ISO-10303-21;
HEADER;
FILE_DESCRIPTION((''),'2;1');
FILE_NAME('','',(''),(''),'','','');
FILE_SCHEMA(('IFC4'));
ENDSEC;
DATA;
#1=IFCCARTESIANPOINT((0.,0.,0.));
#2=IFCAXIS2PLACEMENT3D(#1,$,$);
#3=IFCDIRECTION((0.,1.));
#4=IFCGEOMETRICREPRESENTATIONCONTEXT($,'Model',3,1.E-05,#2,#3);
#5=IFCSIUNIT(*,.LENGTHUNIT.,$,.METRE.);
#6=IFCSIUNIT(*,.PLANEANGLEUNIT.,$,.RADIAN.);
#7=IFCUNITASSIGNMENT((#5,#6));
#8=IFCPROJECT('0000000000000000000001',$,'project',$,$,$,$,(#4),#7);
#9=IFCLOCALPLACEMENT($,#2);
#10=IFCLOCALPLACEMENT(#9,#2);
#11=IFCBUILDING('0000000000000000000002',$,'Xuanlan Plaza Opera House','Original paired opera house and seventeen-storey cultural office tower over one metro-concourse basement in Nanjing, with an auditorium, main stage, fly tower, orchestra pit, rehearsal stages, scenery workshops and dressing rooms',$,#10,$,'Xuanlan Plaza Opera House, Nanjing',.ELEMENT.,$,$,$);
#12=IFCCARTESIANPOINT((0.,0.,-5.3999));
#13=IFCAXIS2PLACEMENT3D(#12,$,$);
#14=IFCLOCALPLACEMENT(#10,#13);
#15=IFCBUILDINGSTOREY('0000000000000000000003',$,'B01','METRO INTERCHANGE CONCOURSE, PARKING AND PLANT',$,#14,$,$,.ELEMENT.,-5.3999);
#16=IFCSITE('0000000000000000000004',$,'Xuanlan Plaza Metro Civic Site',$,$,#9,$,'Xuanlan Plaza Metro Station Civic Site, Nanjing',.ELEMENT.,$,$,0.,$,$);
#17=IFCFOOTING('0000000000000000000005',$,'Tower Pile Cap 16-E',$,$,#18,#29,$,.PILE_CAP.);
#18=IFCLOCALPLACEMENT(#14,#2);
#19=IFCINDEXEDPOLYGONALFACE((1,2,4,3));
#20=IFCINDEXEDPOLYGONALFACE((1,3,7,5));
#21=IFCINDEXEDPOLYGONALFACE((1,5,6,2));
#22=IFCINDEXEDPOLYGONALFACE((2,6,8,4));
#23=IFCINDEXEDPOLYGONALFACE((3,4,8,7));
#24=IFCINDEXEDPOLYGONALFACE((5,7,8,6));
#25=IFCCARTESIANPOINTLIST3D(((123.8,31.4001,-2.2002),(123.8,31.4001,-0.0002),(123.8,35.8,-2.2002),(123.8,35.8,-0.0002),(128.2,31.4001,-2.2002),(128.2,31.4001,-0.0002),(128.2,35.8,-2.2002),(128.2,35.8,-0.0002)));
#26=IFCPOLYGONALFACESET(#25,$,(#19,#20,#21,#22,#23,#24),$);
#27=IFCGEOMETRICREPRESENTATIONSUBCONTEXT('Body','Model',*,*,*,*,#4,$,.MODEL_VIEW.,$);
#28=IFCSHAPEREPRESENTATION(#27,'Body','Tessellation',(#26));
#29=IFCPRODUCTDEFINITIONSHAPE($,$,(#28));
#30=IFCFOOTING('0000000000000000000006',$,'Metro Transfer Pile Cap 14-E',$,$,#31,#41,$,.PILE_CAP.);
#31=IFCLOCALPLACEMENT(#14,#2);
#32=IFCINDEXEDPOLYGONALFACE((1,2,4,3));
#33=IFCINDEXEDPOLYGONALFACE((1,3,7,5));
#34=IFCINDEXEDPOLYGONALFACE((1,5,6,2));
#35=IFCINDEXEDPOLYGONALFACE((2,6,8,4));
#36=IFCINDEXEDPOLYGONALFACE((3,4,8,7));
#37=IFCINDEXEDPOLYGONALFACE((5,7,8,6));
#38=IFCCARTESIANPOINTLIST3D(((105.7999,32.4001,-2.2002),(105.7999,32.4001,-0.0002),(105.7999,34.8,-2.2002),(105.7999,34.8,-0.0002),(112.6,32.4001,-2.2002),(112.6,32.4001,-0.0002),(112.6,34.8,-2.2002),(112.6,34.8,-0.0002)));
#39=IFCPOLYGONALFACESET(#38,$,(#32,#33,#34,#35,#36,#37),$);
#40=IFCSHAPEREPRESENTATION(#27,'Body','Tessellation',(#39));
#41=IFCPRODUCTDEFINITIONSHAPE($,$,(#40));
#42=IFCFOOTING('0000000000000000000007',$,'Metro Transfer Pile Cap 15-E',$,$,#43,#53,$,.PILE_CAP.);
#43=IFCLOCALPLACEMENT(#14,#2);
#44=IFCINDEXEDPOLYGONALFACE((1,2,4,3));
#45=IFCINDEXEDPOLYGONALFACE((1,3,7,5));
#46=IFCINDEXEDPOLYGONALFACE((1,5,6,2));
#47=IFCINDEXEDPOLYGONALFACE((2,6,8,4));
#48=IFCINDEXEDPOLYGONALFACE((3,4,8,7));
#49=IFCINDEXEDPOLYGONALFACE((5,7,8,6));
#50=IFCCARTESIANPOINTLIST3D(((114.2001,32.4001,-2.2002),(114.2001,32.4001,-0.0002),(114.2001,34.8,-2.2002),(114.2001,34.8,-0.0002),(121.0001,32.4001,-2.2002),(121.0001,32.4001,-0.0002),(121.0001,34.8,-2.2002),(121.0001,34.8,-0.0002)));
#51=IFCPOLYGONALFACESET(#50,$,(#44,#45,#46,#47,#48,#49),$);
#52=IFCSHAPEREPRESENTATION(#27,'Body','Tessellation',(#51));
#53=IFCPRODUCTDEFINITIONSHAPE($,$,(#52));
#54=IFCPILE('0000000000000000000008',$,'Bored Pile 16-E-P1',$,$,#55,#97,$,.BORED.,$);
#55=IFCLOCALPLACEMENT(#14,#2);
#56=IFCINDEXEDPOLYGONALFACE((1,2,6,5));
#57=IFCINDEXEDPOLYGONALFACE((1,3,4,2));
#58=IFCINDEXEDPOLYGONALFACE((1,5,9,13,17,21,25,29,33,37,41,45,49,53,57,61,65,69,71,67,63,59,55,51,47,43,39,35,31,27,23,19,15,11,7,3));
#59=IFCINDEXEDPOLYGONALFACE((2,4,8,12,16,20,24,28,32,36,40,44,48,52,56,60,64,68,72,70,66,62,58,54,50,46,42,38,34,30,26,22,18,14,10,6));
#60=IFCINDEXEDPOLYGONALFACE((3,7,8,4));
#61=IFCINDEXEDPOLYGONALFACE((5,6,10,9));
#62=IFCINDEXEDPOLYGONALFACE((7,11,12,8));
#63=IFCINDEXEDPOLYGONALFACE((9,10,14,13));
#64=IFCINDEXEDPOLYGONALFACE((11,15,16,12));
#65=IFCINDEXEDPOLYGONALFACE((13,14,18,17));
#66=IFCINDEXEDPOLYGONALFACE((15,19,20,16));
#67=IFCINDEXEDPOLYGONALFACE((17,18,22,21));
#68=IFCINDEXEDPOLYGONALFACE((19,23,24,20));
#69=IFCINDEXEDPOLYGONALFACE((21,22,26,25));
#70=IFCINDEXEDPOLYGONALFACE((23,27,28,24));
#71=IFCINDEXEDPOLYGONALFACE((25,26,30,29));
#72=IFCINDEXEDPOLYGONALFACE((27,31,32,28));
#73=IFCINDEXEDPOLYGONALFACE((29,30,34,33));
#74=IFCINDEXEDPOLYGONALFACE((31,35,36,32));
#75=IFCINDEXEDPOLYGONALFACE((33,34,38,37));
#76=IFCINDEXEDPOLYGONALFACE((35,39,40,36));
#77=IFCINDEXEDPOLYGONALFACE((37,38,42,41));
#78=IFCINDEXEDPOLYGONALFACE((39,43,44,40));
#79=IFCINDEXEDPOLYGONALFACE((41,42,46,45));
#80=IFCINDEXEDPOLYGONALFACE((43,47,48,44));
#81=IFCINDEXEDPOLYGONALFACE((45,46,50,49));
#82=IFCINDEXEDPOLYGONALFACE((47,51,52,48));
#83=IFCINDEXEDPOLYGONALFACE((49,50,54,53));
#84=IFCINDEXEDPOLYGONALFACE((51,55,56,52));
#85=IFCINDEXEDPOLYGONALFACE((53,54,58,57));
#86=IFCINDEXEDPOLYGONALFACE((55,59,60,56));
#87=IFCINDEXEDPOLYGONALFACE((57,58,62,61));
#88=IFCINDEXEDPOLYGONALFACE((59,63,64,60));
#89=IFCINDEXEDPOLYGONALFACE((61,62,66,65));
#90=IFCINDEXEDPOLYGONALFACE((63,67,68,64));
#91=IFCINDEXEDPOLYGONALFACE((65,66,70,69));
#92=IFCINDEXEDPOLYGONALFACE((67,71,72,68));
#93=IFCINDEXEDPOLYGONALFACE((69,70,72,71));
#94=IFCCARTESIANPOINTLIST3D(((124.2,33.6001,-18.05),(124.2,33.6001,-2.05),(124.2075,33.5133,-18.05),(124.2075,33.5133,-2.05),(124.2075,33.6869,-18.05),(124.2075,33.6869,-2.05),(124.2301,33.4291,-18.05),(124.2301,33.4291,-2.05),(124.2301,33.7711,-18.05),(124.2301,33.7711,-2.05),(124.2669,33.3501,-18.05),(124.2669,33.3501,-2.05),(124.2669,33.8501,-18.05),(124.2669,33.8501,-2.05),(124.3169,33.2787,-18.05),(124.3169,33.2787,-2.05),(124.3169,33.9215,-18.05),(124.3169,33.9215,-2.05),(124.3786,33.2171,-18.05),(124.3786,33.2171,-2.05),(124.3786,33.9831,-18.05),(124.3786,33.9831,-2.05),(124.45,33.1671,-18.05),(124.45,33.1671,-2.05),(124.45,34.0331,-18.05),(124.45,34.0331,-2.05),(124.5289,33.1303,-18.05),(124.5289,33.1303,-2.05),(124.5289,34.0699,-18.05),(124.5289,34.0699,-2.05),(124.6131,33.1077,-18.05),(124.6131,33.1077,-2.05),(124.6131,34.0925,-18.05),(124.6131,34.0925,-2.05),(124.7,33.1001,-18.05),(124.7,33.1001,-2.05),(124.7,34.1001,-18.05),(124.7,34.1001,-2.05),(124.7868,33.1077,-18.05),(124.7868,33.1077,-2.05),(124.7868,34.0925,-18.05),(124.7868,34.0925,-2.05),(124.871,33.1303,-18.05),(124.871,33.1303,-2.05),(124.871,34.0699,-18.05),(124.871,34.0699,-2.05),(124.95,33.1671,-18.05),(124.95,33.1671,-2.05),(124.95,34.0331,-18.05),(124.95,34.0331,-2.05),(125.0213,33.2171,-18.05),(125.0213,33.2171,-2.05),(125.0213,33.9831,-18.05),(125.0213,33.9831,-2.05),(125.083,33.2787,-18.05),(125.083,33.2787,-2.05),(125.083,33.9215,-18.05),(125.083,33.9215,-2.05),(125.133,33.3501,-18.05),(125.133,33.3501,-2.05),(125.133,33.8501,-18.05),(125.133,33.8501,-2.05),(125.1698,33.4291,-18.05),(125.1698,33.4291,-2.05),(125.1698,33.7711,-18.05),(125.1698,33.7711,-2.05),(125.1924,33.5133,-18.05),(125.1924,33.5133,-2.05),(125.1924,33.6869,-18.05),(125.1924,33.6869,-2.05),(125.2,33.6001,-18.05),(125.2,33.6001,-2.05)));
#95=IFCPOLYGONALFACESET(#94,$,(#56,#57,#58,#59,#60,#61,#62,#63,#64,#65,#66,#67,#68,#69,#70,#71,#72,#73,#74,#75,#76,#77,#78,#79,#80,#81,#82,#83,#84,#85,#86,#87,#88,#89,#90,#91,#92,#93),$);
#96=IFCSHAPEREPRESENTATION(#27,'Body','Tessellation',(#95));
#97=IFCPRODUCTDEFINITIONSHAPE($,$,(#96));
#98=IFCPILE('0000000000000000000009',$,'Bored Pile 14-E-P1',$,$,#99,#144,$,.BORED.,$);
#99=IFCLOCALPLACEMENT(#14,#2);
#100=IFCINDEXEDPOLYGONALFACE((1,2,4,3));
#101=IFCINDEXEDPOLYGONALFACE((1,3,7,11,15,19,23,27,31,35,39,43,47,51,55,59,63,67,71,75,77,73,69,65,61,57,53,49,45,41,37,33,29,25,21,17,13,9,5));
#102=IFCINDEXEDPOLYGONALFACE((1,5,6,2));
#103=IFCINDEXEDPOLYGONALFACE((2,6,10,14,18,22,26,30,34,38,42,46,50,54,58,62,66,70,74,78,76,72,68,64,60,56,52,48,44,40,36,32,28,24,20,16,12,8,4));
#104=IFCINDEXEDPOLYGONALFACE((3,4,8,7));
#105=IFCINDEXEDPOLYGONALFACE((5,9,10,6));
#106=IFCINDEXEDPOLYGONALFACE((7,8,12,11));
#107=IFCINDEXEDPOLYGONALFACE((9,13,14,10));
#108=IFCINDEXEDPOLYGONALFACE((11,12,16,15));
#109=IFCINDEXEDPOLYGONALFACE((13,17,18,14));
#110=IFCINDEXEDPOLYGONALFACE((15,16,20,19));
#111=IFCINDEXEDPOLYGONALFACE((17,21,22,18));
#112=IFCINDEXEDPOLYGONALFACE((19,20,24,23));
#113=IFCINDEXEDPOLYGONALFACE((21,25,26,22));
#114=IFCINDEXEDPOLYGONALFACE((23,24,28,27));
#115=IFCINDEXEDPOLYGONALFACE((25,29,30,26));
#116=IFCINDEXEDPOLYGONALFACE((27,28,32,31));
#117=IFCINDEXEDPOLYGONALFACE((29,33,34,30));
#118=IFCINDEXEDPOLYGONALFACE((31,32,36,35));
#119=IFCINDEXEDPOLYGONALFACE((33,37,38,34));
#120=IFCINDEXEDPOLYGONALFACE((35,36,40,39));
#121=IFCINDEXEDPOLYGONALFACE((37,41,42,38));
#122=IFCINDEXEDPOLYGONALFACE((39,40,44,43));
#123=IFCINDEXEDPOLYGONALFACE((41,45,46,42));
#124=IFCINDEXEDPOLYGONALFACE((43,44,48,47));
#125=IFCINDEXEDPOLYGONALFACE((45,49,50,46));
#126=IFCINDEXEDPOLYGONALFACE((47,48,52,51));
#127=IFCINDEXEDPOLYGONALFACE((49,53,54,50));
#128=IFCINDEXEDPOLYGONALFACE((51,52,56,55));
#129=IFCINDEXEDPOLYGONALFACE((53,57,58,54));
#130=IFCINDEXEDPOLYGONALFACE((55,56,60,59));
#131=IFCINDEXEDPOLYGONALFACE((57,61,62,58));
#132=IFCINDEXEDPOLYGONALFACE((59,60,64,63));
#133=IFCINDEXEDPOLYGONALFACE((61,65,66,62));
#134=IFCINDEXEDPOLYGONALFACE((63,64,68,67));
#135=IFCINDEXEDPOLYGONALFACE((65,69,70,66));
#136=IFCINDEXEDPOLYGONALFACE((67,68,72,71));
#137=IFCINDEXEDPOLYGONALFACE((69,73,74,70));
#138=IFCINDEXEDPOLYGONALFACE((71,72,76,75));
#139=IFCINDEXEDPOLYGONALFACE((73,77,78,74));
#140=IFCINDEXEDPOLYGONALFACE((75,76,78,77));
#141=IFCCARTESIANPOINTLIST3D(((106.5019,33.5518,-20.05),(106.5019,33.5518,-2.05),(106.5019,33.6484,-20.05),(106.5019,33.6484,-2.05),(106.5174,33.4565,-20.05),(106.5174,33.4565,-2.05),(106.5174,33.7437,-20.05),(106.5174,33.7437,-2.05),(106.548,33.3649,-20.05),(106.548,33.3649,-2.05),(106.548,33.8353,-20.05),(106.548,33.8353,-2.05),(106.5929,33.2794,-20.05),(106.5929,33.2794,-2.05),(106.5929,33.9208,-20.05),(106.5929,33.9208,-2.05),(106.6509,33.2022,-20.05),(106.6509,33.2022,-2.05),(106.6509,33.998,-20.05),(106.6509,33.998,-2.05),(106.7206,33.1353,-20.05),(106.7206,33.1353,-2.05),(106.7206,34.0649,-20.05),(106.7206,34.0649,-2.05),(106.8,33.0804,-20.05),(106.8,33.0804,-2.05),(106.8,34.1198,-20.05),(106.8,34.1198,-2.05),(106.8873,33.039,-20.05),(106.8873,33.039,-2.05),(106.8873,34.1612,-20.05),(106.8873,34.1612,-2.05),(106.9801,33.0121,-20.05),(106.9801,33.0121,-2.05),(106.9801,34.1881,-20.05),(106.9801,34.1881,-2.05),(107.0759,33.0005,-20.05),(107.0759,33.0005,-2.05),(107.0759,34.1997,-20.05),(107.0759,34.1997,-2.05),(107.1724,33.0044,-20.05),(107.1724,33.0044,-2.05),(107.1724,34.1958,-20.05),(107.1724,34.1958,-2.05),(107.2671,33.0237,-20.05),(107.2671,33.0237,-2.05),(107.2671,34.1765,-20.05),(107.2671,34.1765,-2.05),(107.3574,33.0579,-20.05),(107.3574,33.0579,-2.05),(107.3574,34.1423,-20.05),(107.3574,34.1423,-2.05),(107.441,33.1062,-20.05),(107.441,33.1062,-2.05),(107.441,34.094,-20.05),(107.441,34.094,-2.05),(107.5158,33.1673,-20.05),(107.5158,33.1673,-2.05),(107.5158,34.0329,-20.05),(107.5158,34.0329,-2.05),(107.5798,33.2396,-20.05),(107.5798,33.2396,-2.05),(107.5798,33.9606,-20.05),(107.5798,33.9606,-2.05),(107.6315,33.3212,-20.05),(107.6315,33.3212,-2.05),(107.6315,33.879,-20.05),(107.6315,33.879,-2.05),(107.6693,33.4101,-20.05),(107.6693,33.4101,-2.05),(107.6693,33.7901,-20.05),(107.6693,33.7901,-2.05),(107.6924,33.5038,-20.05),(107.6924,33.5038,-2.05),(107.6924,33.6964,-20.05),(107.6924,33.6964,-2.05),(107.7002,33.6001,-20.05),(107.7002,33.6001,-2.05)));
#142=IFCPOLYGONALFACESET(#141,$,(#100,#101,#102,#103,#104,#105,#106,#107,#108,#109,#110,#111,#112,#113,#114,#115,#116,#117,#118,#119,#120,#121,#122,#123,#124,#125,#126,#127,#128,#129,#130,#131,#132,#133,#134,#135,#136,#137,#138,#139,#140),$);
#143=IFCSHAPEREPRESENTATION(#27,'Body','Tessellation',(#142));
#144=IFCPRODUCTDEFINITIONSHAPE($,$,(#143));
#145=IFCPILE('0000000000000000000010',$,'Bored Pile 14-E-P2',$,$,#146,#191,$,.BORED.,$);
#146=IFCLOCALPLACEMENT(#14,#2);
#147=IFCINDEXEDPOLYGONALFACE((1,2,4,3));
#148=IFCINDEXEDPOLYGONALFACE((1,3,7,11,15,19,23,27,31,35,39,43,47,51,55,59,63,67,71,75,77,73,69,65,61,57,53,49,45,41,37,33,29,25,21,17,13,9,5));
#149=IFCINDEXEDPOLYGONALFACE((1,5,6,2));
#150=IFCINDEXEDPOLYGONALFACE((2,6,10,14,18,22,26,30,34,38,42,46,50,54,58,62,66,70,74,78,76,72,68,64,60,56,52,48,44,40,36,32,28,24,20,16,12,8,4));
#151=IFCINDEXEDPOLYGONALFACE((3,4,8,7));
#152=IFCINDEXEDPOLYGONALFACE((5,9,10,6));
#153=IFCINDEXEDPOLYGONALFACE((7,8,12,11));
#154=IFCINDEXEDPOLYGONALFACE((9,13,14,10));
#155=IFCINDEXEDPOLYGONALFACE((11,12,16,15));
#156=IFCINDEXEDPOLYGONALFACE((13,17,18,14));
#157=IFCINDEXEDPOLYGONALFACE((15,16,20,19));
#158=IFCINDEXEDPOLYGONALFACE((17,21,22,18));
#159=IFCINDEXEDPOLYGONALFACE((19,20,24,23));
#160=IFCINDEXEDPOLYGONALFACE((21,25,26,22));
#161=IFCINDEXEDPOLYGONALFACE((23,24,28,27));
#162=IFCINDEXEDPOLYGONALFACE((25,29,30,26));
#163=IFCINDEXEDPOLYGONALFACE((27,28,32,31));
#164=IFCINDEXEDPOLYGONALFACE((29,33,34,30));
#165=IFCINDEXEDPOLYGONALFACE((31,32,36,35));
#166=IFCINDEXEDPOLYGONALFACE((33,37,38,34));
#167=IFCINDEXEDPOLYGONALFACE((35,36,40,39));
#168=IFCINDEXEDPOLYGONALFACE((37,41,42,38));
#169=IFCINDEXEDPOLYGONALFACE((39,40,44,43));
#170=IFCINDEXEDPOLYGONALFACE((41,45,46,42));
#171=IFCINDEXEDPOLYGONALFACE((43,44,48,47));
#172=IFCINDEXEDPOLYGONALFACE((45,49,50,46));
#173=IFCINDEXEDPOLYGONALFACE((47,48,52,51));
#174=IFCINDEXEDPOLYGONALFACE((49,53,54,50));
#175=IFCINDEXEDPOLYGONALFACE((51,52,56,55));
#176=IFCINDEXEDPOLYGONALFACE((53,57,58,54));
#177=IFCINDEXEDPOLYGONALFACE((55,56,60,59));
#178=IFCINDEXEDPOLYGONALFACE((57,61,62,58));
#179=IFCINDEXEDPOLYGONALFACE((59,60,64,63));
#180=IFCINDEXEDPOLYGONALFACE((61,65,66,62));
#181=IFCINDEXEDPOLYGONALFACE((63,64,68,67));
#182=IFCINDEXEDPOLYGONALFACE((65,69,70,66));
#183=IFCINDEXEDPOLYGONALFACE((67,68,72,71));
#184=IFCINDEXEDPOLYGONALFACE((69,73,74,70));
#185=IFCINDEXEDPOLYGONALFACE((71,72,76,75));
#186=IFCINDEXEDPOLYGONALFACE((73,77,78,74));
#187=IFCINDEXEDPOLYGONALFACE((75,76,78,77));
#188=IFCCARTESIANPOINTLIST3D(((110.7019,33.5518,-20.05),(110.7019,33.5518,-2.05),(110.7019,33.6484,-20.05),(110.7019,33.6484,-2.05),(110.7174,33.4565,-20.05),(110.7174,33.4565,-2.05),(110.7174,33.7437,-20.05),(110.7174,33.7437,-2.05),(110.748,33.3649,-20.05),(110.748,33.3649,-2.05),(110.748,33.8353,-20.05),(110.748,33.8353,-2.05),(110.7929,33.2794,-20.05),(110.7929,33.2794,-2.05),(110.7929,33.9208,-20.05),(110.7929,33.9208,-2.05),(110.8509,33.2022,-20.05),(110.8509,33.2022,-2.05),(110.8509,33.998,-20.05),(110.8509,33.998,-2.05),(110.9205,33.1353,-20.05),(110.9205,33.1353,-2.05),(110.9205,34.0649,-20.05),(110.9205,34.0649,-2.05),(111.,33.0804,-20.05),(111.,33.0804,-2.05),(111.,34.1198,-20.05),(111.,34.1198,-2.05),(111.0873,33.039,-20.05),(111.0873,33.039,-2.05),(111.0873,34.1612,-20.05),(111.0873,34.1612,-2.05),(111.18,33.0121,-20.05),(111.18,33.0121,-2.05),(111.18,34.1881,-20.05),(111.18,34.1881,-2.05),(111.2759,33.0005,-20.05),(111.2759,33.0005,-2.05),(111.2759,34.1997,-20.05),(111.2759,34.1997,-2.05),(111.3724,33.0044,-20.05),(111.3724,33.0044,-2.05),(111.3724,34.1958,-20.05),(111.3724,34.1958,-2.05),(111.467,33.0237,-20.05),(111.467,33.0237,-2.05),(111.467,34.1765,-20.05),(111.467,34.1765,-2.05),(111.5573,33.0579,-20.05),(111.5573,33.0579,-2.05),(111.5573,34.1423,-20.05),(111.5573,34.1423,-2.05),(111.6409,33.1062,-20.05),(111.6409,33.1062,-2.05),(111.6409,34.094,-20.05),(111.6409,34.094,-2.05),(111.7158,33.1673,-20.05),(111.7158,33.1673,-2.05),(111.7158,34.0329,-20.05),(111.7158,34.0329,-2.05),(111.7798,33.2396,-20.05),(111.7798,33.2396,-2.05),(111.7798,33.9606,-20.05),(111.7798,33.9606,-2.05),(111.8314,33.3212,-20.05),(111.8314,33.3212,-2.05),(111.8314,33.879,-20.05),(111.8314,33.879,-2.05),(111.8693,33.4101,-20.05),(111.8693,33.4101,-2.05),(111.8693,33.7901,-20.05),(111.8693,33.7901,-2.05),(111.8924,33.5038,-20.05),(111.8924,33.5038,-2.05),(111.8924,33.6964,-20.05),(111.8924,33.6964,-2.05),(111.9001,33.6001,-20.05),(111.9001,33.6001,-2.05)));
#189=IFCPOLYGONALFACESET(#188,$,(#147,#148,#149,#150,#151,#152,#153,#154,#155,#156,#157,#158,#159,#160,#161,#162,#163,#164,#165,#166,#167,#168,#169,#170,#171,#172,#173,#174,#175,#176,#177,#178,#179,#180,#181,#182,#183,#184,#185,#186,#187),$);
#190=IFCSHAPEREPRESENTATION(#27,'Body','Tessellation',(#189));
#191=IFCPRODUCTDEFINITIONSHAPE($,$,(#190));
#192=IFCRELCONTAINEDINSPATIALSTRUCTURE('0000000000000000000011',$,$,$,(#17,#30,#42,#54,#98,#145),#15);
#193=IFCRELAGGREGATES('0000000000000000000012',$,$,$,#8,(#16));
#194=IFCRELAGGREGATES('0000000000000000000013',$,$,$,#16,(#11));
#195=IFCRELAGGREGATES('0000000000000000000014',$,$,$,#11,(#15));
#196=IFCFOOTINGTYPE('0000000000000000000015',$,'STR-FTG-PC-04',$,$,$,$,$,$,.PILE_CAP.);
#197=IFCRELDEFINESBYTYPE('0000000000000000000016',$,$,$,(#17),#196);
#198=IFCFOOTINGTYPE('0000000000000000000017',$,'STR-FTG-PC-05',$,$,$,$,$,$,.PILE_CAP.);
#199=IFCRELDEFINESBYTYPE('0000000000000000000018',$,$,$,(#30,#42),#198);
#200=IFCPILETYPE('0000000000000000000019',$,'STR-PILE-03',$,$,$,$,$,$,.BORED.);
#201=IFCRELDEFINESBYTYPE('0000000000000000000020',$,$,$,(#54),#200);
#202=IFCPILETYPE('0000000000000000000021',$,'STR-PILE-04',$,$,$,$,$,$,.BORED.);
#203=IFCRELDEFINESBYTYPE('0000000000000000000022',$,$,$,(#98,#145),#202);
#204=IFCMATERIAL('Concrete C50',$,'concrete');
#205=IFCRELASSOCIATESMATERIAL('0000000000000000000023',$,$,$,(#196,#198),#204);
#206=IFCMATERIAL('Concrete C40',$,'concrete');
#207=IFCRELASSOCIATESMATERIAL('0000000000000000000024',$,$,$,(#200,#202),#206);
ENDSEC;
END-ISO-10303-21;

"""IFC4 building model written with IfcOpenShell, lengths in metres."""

from ifc_helpers import new_model, si_unit, direction, frame, origin, origin_2d, place, context, subcontext, project, spatial, rectangle, circle, extrude, material, material_profile, profile_set, type_object, element, save


model = new_model("IFC4")

# Units and contexts
model_context = context("Model", 3, precision=1e-05, world=origin(), true_north=direction((0.0, 1.0)))
body_context = subcontext(model_context, "Body", "Model", "MODEL_VIEW")
ifc_project = project(units=[si_unit("LENGTHUNIT", "METRE"), si_unit("PLANEANGLEUNIT", "RADIAN")], contexts=[model_context])

# Site, building, storey
site_placement = place(None, origin())
site = spatial("IfcSite", under=ifc_project, at=site_placement, Name="Xuanlan Plaza Metro Civic Site", LongName="Xuanlan Plaza Metro Station Civic Site, Nanjing", CompositionType="ELEMENT", RefElevation=0.0)
building_placement = place(site_placement, origin())
building = spatial("IfcBuilding", under=site, at=building_placement, Name="Xuanlan Plaza Opera House", Description="Original paired opera house and seventeen-storey cultural office tower over one metro-concourse basement in Nanjing, with an auditorium, main stage, fly tower, orchestra pit, rehearsal stages, scenery workshops and dressing rooms", LongName="Xuanlan Plaza Opera House, Nanjing", CompositionType="ELEMENT")
storey_placement = place(building_placement, frame((0.0, 0.0, -5.3999)))
storey = spatial("IfcBuildingStorey", under=building, at=storey_placement, Name="B01", Description="METRO INTERCHANGE CONCOURSE, PARKING AND PLANT", CompositionType="ELEMENT", Elevation=-5.3999)

# Footings
ifc_material_1 = material(Name="Concrete C50", Category="concrete")
footing_type_1 = type_object("IfcFootingType", Name="STR-FTG-PC-04", PredefinedType="PILE_CAP", material=ifc_material_1)
footing_placement = place(storey_placement, frame((126.0, 33.6001, -2.2002), z_axis=(0.0, 0.0, 1.0), x_axis=(1.0, 0.0, 0.0)))
element("IfcFooting", 1, at=footing_placement, inside=storey, type_object=footing_type_1, Name="Tower Pile Cap 16-E", PredefinedType="PILE_CAP", context=body_context, shape_type="SweptSolid", body=[
    extrude(rectangle(XDim=4.3999, YDim=4.3999, at=origin_2d()), origin(), (0.0, 0.0, 1.0), 2.2),
])
footing_type_2 = type_object("IfcFootingType", Name="STR-FTG-PC-05", PredefinedType="PILE_CAP", material=ifc_material_1)
for number, where, z_axis, x_axis, name in (
    (2, (109.2, 33.6001, -2.2002), (0.0, 0.0, 1.0), (1.0, 0.0, 0.0), "Metro Transfer Pile Cap 14-E"),
    (3, (117.6001, 33.6001, -2.2002), (0.0, 0.0, 1.0), (1.0, 0.0, 0.0), "Metro Transfer Pile Cap 15-E"),
):
    element("IfcFooting", number, at=place(storey_placement, frame(where, z_axis=z_axis, x_axis=x_axis)), inside=storey, type_object=footing_type_2, Name=name, PredefinedType="PILE_CAP", context=body_context, shape_type="SweptSolid", body=[
        extrude(rectangle(XDim=6.8, YDim=2.3999, at=origin_2d()), origin(), (0.0, 0.0, 1.0), 2.2),
    ])

# Piles
ifc_material_2 = material(Name="Concrete C40", Category="concrete")
ifc_material_profile_1 = material_profile(ifc_material_2, circle(Radius=0.5, at=origin_2d()), Name="PILE D1000")
ifc_profile_set_1 = profile_set([ifc_material_profile_1], Name="Concrete C40")
pile_type_1 = type_object("IfcPileType", Name="STR-PILE-03", PredefinedType="BORED", material=ifc_profile_set_1)
pile_placement = place(storey_placement, frame((124.7, 33.6001, -2.05), z_axis=(0.0, 0.0, -1.0), x_axis=(1.0, 0.0, 0.0)))
element("IfcPile", 4, at=pile_placement, inside=storey, type_object=pile_type_1, Name="Bored Pile 16-E-P1", PredefinedType="BORED", context=body_context, shape_type="SweptSolid", body=[
    extrude(circle(Radius=0.5, at=origin_2d()), origin(), (0.0, 0.0, 1.0), 16.0),
])
ifc_material_profile_2 = material_profile(ifc_material_2, circle(Radius=0.6001, at=origin_2d()), Name="PILE D1200")
ifc_profile_set_2 = profile_set([ifc_material_profile_2], Name="Concrete C40")
pile_type_2 = type_object("IfcPileType", Name="STR-PILE-04", PredefinedType="BORED", material=ifc_profile_set_2)
for number, where, z_axis, x_axis, name in (
    (5, (107.1001, 33.6001, -2.05), (0.0, 0.0, -1.0), (1.0, 0.0, 0.0), "Bored Pile 14-E-P1"),
    (6, (111.3, 33.6001, -2.05), (0.0, 0.0, -1.0), (1.0, 0.0, 0.0), "Bored Pile 14-E-P2"),
):
    element("IfcPile", number, at=place(storey_placement, frame(where, z_axis=z_axis, x_axis=x_axis)), inside=storey, type_object=pile_type_2, Name=name, PredefinedType="BORED", context=body_context, shape_type="SweptSolid", body=[
        extrude(circle(Radius=0.6001, at=origin_2d()), origin(), (0.0, 0.0, 1.0), 18.0),
    ])

save(model, "model.ifc")
